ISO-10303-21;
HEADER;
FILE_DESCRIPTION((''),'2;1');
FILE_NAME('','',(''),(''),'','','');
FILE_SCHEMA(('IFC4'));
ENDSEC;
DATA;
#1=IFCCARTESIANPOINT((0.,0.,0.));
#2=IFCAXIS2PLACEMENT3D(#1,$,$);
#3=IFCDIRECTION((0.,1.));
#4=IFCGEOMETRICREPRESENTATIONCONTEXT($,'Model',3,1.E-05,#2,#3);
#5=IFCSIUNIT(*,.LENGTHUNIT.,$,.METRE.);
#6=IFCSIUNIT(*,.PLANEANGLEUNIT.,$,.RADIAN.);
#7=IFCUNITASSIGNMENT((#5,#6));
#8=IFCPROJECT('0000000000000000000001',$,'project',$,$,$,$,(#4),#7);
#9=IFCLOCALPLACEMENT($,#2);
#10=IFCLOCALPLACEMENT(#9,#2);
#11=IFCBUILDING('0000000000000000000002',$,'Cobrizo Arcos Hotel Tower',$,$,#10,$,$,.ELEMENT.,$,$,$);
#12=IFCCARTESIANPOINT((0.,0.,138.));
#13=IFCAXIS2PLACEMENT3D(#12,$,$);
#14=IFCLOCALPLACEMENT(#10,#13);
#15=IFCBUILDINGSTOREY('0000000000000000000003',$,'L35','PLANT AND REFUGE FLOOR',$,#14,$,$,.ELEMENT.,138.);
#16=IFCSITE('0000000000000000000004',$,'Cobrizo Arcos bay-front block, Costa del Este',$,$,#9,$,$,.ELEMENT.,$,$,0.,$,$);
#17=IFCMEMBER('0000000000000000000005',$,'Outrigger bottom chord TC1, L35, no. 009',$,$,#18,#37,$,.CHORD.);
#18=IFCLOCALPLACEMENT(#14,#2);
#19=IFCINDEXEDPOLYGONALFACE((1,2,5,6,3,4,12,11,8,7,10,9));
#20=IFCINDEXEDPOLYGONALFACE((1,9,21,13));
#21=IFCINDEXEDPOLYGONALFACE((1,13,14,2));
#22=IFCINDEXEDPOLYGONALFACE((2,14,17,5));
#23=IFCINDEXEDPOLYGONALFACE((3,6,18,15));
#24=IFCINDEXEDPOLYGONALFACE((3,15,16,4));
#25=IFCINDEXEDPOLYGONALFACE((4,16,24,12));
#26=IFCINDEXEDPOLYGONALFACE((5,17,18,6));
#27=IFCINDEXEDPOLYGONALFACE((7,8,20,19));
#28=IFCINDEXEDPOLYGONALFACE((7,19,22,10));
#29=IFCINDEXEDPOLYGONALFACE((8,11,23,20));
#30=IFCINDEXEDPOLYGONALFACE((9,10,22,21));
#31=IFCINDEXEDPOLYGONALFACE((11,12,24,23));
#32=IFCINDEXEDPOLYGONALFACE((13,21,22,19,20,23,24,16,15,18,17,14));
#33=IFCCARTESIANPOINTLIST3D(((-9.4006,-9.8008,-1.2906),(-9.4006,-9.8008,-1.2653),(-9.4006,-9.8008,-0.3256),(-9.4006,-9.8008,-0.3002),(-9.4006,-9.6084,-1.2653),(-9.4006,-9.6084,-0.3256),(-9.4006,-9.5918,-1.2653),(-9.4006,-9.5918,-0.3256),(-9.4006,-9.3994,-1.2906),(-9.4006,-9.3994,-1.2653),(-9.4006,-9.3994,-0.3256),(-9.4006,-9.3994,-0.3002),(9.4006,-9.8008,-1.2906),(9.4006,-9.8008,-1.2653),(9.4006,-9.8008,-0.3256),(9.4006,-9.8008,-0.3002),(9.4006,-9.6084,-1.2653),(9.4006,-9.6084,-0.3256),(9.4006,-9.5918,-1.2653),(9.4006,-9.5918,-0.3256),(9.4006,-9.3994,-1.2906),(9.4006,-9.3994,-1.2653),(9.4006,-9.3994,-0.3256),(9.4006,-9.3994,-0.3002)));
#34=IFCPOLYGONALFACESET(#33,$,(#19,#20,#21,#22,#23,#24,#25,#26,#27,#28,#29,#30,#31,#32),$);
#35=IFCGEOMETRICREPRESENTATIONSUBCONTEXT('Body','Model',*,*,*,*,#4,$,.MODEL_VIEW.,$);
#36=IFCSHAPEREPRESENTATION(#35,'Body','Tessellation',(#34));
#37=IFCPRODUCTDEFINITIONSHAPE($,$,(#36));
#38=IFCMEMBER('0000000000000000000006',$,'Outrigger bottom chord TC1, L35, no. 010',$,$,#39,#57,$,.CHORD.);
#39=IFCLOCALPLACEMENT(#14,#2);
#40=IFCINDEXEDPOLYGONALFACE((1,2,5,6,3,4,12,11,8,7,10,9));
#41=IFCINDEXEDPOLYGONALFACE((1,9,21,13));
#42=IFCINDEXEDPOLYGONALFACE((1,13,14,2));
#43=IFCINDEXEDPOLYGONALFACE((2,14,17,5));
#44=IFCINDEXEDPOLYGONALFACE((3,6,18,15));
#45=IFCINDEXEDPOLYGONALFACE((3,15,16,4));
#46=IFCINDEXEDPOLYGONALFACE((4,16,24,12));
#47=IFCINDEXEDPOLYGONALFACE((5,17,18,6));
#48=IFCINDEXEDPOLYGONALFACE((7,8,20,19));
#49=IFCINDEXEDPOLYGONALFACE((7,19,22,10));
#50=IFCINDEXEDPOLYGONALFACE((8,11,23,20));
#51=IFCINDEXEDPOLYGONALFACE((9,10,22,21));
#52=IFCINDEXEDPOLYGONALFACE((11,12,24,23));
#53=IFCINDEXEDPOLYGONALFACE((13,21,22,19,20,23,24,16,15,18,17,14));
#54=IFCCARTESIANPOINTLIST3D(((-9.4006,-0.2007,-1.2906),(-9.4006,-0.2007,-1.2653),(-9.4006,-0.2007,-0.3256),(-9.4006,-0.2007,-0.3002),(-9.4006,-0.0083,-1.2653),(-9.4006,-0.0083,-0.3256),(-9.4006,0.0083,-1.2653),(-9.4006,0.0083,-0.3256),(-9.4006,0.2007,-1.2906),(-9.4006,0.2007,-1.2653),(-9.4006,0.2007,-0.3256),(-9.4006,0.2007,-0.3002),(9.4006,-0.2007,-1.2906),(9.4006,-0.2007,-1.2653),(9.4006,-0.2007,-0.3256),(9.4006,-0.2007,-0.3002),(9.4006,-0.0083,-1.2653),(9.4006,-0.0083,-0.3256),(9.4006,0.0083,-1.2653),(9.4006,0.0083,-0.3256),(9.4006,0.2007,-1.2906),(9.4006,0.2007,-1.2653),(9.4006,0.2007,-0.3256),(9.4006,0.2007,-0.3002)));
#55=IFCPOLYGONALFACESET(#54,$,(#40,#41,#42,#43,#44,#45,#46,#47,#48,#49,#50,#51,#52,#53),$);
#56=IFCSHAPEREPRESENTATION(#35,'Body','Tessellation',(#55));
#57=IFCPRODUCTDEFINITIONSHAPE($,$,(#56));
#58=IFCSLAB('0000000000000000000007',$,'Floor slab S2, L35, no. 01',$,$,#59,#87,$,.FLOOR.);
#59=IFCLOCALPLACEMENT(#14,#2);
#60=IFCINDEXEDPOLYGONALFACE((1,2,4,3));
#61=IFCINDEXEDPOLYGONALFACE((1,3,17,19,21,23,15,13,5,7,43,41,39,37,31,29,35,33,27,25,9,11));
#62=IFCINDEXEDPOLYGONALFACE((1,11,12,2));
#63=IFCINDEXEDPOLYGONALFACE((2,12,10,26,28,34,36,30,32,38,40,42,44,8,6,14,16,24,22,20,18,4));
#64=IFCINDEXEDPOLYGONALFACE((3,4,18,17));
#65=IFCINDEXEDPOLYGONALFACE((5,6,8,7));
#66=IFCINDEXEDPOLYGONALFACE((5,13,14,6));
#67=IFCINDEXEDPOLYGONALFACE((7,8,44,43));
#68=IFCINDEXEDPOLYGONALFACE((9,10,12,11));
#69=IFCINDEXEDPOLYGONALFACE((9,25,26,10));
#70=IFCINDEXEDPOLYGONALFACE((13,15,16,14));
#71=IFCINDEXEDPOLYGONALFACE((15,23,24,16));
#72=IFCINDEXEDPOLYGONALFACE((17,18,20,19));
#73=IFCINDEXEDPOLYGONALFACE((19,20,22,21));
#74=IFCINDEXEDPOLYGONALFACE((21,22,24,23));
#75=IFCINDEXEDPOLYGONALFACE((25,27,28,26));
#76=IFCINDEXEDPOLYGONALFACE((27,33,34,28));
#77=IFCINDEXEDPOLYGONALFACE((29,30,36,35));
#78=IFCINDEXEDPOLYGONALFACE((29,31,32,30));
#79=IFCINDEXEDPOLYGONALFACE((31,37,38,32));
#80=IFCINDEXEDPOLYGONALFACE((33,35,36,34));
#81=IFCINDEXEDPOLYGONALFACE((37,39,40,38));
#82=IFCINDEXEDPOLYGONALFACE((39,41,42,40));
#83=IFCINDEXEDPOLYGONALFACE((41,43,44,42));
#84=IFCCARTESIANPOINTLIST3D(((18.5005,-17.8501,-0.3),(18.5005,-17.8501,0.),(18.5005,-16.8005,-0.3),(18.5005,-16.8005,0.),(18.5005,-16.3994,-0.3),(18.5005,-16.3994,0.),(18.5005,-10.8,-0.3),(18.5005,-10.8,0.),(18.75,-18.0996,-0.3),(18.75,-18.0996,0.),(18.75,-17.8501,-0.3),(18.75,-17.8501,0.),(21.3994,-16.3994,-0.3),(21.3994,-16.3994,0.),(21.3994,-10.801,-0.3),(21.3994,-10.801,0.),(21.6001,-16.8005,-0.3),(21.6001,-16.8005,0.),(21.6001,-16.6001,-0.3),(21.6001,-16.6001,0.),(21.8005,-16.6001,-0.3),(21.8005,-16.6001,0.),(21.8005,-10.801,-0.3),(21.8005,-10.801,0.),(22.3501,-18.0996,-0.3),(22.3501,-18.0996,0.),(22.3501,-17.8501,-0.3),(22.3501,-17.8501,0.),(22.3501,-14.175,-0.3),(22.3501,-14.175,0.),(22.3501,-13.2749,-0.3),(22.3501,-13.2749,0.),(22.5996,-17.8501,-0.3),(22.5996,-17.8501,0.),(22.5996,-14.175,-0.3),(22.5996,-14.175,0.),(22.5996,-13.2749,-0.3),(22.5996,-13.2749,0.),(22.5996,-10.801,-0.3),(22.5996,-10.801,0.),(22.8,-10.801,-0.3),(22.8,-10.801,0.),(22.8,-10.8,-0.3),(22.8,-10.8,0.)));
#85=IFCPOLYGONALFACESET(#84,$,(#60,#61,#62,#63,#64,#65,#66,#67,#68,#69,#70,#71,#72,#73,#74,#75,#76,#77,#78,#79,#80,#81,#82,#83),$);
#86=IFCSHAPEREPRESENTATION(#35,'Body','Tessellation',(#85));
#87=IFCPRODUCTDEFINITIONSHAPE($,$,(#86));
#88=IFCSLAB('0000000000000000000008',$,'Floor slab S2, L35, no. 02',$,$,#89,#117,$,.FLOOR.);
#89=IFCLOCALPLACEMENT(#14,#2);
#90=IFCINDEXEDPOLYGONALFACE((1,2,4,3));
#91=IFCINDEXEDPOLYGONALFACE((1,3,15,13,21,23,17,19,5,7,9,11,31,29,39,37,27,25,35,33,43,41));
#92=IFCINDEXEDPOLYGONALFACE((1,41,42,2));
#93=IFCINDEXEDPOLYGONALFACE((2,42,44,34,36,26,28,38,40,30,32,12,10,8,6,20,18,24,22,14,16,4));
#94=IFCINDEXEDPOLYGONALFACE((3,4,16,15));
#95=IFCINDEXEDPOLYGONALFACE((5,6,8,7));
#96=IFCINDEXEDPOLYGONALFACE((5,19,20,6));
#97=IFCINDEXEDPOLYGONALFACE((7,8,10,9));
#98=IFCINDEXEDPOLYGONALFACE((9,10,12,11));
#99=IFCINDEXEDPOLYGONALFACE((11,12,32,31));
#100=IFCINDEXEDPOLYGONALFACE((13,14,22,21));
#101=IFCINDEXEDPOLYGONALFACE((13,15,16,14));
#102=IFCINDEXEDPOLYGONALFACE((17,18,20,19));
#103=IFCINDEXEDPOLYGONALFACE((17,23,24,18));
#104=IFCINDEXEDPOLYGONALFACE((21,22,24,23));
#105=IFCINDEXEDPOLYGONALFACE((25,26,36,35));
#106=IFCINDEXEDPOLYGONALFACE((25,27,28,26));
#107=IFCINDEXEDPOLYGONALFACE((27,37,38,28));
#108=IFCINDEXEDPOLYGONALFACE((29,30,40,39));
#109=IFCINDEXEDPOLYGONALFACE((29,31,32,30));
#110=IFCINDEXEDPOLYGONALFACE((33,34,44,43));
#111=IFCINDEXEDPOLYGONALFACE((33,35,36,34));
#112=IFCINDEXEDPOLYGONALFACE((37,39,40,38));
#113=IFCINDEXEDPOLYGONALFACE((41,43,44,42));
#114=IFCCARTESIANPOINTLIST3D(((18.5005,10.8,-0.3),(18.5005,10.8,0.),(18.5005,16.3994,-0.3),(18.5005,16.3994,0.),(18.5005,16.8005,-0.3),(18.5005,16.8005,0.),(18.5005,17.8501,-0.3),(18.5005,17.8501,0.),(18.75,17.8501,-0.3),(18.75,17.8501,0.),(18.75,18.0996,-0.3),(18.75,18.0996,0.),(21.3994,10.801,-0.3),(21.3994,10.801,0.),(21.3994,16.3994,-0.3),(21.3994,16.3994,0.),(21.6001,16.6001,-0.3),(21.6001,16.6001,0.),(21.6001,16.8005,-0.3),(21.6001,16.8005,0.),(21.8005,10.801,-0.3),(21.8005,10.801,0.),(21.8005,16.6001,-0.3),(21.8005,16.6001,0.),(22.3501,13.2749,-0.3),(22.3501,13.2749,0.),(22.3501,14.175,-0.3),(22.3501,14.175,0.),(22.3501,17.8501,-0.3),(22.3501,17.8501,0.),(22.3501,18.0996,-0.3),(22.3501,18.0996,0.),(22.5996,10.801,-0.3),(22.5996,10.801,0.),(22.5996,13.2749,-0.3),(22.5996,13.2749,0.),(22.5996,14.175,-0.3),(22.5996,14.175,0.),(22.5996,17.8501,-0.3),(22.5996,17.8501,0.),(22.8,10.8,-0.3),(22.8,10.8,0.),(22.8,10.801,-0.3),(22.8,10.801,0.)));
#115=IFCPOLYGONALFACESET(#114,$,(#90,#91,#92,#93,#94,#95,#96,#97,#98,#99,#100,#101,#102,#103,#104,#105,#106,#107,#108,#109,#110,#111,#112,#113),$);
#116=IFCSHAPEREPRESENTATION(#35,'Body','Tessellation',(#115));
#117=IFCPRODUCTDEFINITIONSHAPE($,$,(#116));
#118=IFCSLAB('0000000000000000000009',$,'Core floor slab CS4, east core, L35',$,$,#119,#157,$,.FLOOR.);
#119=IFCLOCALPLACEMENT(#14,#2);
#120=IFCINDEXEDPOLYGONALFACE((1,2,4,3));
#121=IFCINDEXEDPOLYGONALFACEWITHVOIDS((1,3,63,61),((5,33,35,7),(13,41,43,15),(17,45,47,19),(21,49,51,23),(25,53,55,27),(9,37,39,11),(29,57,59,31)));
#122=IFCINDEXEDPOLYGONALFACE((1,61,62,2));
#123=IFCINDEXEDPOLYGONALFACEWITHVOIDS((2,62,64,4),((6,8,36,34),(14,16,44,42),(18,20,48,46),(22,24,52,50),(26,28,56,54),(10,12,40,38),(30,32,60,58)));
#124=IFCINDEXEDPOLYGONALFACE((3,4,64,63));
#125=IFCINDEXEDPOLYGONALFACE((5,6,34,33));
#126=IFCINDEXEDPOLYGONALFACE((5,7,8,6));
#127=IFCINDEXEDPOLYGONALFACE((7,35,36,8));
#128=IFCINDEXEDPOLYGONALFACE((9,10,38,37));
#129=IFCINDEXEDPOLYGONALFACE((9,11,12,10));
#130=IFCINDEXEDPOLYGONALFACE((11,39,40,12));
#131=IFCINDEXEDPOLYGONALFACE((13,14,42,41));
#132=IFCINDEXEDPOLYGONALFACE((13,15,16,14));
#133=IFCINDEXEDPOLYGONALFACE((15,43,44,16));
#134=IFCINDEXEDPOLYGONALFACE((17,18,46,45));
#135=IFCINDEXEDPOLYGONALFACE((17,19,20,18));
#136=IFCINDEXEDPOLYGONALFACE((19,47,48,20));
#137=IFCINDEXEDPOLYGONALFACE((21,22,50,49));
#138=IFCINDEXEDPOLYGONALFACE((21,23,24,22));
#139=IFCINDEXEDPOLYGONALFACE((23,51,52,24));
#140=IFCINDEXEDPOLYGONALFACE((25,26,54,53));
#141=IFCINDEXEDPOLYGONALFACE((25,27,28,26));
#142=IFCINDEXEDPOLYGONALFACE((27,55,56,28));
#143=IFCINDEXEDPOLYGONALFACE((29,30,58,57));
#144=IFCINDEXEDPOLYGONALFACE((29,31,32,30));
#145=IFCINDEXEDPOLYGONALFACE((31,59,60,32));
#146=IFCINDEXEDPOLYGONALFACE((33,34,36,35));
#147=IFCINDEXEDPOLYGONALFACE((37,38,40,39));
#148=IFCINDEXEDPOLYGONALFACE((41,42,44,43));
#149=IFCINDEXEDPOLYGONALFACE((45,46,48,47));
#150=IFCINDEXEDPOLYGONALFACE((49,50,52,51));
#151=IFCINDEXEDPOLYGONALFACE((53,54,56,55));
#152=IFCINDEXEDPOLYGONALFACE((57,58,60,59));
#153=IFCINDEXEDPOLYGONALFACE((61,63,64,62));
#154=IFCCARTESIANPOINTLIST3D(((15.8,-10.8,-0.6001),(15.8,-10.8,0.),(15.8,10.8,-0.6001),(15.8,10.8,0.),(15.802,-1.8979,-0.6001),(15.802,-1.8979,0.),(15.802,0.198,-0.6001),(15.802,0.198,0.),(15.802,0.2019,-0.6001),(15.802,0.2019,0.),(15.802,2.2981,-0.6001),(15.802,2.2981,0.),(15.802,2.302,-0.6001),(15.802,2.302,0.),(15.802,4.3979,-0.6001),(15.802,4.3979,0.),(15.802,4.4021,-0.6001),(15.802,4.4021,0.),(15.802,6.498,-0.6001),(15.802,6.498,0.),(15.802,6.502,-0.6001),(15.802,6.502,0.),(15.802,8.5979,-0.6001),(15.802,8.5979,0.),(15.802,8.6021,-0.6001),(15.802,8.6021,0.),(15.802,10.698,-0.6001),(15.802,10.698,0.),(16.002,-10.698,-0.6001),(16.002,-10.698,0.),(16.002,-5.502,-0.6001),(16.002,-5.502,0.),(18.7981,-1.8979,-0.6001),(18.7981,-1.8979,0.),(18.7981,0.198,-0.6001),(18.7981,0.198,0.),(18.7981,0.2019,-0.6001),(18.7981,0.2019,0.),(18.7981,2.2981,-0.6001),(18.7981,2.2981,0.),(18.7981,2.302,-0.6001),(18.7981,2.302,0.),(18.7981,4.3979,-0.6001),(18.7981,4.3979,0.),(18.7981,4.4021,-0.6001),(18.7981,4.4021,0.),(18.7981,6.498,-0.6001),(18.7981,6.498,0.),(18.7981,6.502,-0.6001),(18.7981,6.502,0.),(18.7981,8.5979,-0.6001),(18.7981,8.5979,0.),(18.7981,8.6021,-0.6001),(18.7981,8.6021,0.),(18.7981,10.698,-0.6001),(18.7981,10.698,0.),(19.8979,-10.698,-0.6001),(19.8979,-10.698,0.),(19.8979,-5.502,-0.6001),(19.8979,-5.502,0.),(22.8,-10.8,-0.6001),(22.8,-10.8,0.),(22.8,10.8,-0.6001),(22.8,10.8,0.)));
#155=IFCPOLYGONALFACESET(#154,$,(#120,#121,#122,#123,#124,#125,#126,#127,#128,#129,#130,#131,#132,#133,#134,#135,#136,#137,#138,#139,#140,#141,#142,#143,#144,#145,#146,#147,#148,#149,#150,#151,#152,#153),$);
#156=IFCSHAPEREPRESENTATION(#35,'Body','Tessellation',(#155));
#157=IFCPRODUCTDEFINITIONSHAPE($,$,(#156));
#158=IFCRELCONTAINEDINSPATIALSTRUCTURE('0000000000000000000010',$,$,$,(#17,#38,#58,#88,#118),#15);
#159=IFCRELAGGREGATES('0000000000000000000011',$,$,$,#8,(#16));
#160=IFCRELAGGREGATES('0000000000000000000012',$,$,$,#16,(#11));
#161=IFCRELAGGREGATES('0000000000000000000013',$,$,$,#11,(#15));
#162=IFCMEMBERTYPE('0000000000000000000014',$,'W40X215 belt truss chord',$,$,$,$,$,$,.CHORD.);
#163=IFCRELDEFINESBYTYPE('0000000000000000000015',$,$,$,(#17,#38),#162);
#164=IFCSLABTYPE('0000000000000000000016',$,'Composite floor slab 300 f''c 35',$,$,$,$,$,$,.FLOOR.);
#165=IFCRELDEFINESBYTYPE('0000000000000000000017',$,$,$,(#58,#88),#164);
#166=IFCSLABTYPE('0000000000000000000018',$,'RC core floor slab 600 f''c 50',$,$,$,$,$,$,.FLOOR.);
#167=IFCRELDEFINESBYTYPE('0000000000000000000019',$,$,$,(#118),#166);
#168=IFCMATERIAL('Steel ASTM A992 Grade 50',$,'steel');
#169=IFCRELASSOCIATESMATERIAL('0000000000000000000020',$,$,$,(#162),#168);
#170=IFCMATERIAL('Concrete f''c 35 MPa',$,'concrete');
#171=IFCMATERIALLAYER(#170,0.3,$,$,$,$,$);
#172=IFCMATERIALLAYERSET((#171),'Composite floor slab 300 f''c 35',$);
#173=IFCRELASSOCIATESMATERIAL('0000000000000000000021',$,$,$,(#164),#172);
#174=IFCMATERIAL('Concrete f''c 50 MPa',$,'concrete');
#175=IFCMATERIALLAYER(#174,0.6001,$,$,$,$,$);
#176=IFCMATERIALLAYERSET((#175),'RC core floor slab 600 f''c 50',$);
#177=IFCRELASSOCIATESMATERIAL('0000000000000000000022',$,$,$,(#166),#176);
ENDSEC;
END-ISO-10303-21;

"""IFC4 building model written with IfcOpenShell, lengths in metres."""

from ifc_helpers import new_model, si_unit, direction, frame, origin, origin_2d, place, context, subcontext, project, spatial, polyline, i_section, outline, extrude, material, layer, layer_set, material_profile, profile_set, type_object, element, save


model = new_model("IFC4")

# Units and contexts
model_context = context("Model", 3, precision=1e-05, world=origin(), true_north=direction((0.0, 1.0)))
body_context = subcontext(model_context, "Body", "Model", "MODEL_VIEW")
ifc_project = project(units=[si_unit("LENGTHUNIT", "METRE"), si_unit("PLANEANGLEUNIT", "RADIAN")], contexts=[model_context])

# Site, building, storey
site_placement = place(None, origin())
site = spatial("IfcSite", under=ifc_project, at=site_placement, Name="Cobrizo Arcos bay-front block, Costa del Este", CompositionType="ELEMENT", RefElevation=0.0)
building_placement = place(site_placement, origin())
building = spatial("IfcBuilding", under=site, at=building_placement, Name="Cobrizo Arcos Hotel Tower", CompositionType="ELEMENT")
storey_placement = place(building_placement, frame((0.0, 0.0, 138.0)))
storey = spatial("IfcBuildingStorey", under=building, at=storey_placement, Name="L35", Description="PLANT AND REFUGE FLOOR", CompositionType="ELEMENT", Elevation=138.0)

# Shared definitions
ifc_material_1 = material(Name="Steel ASTM A992 Grade 50", Category="steel")

# Members
ifc_material_profile_1 = material_profile(ifc_material_1, i_section(OverallWidth=0.4014, OverallDepth=0.9905, WebThickness=0.0166, FlangeThickness=0.0254, at=origin_2d()), Name="W40X215")
ifc_profile_set_1 = profile_set([ifc_material_profile_1], Name="Steel ASTM A992 Grade 50")
member_type_1 = type_object("IfcMemberType", Name="W40X215 belt truss chord", PredefinedType="CHORD", material=ifc_profile_set_1)
for number, where, z_axis, x_axis, name in (
    (1, (-9.4006, -9.6001, -0.7954), (1.0, 0.0, 0.0), (0.0, 1.0, 0.0), "Outrigger bottom chord TC1, L35, no. 009"),
    (2, (-9.4006, 0.0, -0.7954), (1.0, 0.0, 0.0), (0.0, 1.0, 0.0), "Outrigger bottom chord TC1, L35, no. 010"),
):
    element("IfcMember", number, at=place(storey_placement, frame(where, z_axis=z_axis, x_axis=x_axis)), inside=storey, type_object=member_type_1, Name=name, PredefinedType="CHORD", context=body_context, shape_type="SweptSolid", body=[
        extrude(i_section(OverallWidth=0.4014, OverallDepth=0.9905, WebThickness=0.0166, FlangeThickness=0.0254, at=origin_2d()), origin(), (0.0, 0.0, 1.0), 18.8013),
    ])

# Slabs
ifc_material_2 = material(Name="Concrete f'c 35 MPa", Category="concrete")
ifc_layer_1 = layer(ifc_material_2, 0.3)
ifc_layer_set_1 = layer_set([ifc_layer_1], Name="Composite floor slab 300 f'c 35")
slab_type_1 = type_object("IfcSlabType", Name="Composite floor slab 300 f'c 35", PredefinedType="FLOOR", material=ifc_layer_set_1)
slab_1_placement = place(storey_placement, frame((0.0, 0.0, -0.3)))
element("IfcSlab", 3, at=slab_1_placement, inside=storey, type_object=slab_type_1, Name="Floor slab S2, L35, no. 01", PredefinedType="FLOOR", context=body_context, shape_type="SweptSolid", body=[
    extrude(outline(polyline([(22.8, -10.801), (22.5996, -10.801), (22.5996, -13.2749), (22.3501, -13.2749), (22.3501, -14.175), (22.5996, -14.175), (22.5996, -17.8501), (22.3501, -17.8501), (22.3501, -18.0996), (18.75, -18.0996), (18.75, -17.8501), (18.5005, -17.8501), (18.5005, -16.8005), (21.6001, -16.8005), (21.6001, -16.6001), (21.8005, -16.6001), (21.8005, -10.801), (21.3994, -10.801), (21.3994, -16.3994), (18.5005, -16.3994), (18.5005, -10.8), (22.8, -10.8), (22.8, -10.801)])), origin(), (0.0, 0.0, 1.0), 0.3),
])
slab_2_placement = place(storey_placement, frame((0.0, 0.0, -0.3)))
element("IfcSlab", 4, at=slab_2_placement, inside=storey, type_object=slab_type_1, Name="Floor slab S2, L35, no. 02", PredefinedType="FLOOR", context=body_context, shape_type="SweptSolid", body=[
    extrude(outline(polyline([(22.8, 10.8), (18.5005, 10.8), (18.5005, 16.3994), (21.3994, 16.3994), (21.3994, 10.801), (21.8005, 10.801), (21.8005, 16.6001), (21.6001, 16.6001), (21.6001, 16.8005), (18.5005, 16.8005), (18.5005, 17.8501), (18.75, 17.8501), (18.75, 18.0996), (22.3501, 18.0996), (22.3501, 17.8501), (22.5996, 17.8501), (22.5996, 14.175), (22.3501, 14.175), (22.3501, 13.2749), (22.5996, 13.2749), (22.5996, 10.801), (22.8, 10.801), (22.8, 10.8)])), origin(), (0.0, 0.0, 1.0), 0.3),
])
ifc_material_3 = material(Name="Concrete f'c 50 MPa", Category="concrete")
ifc_layer_2 = layer(ifc_material_3, 0.6001)
ifc_layer_set_2 = layer_set([ifc_layer_2], Name="RC core floor slab 600 f'c 50")
slab_type_2 = type_object("IfcSlabType", Name="RC core floor slab 600 f'c 50", PredefinedType="FLOOR", material=ifc_layer_set_2)
slab_3_placement = place(storey_placement, frame((0.0, 0.0, -0.6001)))
element("IfcSlab", 5, at=slab_3_placement, inside=storey, type_object=slab_type_2, Name="Core floor slab CS4, east core, L35", PredefinedType="FLOOR", context=body_context, shape_type="SweptSolid", body=[
    extrude(outline(polyline([(15.8, 10.8), (22.8, 10.8), (22.8, -10.8), (15.8, -10.8), (15.8, 10.8)]), holes=[polyline([(19.8979, -10.698), (19.8979, -5.502), (16.002, -5.502), (16.002, -10.698), (19.8979, -10.698)]), polyline([(15.802, 0.198), (15.802, -1.8979), (18.7981, -1.8979), (18.7981, 0.198), (15.802, 0.198)]), polyline([(18.7981, 2.2981), (15.802, 2.2981), (15.802, 0.2019), (18.7981, 0.2019), (18.7981, 2.2981)]), polyline([(18.7981, 4.3979), (15.802, 4.3979), (15.802, 2.302), (18.7981, 2.302), (18.7981, 4.3979)]), polyline([(15.802, 6.498), (15.802, 4.4021), (18.7981, 4.4021), (18.7981, 6.498), (15.802, 6.498)]), polyline([(18.7981, 8.5979), (15.802, 8.5979), (15.802, 6.502), (18.7981, 6.502), (18.7981, 8.5979)]), polyline([(18.7981, 10.698), (15.802, 10.698), (15.802, 8.6021), (18.7981, 8.6021), (18.7981, 10.698)])]), origin(), (0.0, 0.0, 1.0), 0.6001),
])

save(model, "model.ifc")
